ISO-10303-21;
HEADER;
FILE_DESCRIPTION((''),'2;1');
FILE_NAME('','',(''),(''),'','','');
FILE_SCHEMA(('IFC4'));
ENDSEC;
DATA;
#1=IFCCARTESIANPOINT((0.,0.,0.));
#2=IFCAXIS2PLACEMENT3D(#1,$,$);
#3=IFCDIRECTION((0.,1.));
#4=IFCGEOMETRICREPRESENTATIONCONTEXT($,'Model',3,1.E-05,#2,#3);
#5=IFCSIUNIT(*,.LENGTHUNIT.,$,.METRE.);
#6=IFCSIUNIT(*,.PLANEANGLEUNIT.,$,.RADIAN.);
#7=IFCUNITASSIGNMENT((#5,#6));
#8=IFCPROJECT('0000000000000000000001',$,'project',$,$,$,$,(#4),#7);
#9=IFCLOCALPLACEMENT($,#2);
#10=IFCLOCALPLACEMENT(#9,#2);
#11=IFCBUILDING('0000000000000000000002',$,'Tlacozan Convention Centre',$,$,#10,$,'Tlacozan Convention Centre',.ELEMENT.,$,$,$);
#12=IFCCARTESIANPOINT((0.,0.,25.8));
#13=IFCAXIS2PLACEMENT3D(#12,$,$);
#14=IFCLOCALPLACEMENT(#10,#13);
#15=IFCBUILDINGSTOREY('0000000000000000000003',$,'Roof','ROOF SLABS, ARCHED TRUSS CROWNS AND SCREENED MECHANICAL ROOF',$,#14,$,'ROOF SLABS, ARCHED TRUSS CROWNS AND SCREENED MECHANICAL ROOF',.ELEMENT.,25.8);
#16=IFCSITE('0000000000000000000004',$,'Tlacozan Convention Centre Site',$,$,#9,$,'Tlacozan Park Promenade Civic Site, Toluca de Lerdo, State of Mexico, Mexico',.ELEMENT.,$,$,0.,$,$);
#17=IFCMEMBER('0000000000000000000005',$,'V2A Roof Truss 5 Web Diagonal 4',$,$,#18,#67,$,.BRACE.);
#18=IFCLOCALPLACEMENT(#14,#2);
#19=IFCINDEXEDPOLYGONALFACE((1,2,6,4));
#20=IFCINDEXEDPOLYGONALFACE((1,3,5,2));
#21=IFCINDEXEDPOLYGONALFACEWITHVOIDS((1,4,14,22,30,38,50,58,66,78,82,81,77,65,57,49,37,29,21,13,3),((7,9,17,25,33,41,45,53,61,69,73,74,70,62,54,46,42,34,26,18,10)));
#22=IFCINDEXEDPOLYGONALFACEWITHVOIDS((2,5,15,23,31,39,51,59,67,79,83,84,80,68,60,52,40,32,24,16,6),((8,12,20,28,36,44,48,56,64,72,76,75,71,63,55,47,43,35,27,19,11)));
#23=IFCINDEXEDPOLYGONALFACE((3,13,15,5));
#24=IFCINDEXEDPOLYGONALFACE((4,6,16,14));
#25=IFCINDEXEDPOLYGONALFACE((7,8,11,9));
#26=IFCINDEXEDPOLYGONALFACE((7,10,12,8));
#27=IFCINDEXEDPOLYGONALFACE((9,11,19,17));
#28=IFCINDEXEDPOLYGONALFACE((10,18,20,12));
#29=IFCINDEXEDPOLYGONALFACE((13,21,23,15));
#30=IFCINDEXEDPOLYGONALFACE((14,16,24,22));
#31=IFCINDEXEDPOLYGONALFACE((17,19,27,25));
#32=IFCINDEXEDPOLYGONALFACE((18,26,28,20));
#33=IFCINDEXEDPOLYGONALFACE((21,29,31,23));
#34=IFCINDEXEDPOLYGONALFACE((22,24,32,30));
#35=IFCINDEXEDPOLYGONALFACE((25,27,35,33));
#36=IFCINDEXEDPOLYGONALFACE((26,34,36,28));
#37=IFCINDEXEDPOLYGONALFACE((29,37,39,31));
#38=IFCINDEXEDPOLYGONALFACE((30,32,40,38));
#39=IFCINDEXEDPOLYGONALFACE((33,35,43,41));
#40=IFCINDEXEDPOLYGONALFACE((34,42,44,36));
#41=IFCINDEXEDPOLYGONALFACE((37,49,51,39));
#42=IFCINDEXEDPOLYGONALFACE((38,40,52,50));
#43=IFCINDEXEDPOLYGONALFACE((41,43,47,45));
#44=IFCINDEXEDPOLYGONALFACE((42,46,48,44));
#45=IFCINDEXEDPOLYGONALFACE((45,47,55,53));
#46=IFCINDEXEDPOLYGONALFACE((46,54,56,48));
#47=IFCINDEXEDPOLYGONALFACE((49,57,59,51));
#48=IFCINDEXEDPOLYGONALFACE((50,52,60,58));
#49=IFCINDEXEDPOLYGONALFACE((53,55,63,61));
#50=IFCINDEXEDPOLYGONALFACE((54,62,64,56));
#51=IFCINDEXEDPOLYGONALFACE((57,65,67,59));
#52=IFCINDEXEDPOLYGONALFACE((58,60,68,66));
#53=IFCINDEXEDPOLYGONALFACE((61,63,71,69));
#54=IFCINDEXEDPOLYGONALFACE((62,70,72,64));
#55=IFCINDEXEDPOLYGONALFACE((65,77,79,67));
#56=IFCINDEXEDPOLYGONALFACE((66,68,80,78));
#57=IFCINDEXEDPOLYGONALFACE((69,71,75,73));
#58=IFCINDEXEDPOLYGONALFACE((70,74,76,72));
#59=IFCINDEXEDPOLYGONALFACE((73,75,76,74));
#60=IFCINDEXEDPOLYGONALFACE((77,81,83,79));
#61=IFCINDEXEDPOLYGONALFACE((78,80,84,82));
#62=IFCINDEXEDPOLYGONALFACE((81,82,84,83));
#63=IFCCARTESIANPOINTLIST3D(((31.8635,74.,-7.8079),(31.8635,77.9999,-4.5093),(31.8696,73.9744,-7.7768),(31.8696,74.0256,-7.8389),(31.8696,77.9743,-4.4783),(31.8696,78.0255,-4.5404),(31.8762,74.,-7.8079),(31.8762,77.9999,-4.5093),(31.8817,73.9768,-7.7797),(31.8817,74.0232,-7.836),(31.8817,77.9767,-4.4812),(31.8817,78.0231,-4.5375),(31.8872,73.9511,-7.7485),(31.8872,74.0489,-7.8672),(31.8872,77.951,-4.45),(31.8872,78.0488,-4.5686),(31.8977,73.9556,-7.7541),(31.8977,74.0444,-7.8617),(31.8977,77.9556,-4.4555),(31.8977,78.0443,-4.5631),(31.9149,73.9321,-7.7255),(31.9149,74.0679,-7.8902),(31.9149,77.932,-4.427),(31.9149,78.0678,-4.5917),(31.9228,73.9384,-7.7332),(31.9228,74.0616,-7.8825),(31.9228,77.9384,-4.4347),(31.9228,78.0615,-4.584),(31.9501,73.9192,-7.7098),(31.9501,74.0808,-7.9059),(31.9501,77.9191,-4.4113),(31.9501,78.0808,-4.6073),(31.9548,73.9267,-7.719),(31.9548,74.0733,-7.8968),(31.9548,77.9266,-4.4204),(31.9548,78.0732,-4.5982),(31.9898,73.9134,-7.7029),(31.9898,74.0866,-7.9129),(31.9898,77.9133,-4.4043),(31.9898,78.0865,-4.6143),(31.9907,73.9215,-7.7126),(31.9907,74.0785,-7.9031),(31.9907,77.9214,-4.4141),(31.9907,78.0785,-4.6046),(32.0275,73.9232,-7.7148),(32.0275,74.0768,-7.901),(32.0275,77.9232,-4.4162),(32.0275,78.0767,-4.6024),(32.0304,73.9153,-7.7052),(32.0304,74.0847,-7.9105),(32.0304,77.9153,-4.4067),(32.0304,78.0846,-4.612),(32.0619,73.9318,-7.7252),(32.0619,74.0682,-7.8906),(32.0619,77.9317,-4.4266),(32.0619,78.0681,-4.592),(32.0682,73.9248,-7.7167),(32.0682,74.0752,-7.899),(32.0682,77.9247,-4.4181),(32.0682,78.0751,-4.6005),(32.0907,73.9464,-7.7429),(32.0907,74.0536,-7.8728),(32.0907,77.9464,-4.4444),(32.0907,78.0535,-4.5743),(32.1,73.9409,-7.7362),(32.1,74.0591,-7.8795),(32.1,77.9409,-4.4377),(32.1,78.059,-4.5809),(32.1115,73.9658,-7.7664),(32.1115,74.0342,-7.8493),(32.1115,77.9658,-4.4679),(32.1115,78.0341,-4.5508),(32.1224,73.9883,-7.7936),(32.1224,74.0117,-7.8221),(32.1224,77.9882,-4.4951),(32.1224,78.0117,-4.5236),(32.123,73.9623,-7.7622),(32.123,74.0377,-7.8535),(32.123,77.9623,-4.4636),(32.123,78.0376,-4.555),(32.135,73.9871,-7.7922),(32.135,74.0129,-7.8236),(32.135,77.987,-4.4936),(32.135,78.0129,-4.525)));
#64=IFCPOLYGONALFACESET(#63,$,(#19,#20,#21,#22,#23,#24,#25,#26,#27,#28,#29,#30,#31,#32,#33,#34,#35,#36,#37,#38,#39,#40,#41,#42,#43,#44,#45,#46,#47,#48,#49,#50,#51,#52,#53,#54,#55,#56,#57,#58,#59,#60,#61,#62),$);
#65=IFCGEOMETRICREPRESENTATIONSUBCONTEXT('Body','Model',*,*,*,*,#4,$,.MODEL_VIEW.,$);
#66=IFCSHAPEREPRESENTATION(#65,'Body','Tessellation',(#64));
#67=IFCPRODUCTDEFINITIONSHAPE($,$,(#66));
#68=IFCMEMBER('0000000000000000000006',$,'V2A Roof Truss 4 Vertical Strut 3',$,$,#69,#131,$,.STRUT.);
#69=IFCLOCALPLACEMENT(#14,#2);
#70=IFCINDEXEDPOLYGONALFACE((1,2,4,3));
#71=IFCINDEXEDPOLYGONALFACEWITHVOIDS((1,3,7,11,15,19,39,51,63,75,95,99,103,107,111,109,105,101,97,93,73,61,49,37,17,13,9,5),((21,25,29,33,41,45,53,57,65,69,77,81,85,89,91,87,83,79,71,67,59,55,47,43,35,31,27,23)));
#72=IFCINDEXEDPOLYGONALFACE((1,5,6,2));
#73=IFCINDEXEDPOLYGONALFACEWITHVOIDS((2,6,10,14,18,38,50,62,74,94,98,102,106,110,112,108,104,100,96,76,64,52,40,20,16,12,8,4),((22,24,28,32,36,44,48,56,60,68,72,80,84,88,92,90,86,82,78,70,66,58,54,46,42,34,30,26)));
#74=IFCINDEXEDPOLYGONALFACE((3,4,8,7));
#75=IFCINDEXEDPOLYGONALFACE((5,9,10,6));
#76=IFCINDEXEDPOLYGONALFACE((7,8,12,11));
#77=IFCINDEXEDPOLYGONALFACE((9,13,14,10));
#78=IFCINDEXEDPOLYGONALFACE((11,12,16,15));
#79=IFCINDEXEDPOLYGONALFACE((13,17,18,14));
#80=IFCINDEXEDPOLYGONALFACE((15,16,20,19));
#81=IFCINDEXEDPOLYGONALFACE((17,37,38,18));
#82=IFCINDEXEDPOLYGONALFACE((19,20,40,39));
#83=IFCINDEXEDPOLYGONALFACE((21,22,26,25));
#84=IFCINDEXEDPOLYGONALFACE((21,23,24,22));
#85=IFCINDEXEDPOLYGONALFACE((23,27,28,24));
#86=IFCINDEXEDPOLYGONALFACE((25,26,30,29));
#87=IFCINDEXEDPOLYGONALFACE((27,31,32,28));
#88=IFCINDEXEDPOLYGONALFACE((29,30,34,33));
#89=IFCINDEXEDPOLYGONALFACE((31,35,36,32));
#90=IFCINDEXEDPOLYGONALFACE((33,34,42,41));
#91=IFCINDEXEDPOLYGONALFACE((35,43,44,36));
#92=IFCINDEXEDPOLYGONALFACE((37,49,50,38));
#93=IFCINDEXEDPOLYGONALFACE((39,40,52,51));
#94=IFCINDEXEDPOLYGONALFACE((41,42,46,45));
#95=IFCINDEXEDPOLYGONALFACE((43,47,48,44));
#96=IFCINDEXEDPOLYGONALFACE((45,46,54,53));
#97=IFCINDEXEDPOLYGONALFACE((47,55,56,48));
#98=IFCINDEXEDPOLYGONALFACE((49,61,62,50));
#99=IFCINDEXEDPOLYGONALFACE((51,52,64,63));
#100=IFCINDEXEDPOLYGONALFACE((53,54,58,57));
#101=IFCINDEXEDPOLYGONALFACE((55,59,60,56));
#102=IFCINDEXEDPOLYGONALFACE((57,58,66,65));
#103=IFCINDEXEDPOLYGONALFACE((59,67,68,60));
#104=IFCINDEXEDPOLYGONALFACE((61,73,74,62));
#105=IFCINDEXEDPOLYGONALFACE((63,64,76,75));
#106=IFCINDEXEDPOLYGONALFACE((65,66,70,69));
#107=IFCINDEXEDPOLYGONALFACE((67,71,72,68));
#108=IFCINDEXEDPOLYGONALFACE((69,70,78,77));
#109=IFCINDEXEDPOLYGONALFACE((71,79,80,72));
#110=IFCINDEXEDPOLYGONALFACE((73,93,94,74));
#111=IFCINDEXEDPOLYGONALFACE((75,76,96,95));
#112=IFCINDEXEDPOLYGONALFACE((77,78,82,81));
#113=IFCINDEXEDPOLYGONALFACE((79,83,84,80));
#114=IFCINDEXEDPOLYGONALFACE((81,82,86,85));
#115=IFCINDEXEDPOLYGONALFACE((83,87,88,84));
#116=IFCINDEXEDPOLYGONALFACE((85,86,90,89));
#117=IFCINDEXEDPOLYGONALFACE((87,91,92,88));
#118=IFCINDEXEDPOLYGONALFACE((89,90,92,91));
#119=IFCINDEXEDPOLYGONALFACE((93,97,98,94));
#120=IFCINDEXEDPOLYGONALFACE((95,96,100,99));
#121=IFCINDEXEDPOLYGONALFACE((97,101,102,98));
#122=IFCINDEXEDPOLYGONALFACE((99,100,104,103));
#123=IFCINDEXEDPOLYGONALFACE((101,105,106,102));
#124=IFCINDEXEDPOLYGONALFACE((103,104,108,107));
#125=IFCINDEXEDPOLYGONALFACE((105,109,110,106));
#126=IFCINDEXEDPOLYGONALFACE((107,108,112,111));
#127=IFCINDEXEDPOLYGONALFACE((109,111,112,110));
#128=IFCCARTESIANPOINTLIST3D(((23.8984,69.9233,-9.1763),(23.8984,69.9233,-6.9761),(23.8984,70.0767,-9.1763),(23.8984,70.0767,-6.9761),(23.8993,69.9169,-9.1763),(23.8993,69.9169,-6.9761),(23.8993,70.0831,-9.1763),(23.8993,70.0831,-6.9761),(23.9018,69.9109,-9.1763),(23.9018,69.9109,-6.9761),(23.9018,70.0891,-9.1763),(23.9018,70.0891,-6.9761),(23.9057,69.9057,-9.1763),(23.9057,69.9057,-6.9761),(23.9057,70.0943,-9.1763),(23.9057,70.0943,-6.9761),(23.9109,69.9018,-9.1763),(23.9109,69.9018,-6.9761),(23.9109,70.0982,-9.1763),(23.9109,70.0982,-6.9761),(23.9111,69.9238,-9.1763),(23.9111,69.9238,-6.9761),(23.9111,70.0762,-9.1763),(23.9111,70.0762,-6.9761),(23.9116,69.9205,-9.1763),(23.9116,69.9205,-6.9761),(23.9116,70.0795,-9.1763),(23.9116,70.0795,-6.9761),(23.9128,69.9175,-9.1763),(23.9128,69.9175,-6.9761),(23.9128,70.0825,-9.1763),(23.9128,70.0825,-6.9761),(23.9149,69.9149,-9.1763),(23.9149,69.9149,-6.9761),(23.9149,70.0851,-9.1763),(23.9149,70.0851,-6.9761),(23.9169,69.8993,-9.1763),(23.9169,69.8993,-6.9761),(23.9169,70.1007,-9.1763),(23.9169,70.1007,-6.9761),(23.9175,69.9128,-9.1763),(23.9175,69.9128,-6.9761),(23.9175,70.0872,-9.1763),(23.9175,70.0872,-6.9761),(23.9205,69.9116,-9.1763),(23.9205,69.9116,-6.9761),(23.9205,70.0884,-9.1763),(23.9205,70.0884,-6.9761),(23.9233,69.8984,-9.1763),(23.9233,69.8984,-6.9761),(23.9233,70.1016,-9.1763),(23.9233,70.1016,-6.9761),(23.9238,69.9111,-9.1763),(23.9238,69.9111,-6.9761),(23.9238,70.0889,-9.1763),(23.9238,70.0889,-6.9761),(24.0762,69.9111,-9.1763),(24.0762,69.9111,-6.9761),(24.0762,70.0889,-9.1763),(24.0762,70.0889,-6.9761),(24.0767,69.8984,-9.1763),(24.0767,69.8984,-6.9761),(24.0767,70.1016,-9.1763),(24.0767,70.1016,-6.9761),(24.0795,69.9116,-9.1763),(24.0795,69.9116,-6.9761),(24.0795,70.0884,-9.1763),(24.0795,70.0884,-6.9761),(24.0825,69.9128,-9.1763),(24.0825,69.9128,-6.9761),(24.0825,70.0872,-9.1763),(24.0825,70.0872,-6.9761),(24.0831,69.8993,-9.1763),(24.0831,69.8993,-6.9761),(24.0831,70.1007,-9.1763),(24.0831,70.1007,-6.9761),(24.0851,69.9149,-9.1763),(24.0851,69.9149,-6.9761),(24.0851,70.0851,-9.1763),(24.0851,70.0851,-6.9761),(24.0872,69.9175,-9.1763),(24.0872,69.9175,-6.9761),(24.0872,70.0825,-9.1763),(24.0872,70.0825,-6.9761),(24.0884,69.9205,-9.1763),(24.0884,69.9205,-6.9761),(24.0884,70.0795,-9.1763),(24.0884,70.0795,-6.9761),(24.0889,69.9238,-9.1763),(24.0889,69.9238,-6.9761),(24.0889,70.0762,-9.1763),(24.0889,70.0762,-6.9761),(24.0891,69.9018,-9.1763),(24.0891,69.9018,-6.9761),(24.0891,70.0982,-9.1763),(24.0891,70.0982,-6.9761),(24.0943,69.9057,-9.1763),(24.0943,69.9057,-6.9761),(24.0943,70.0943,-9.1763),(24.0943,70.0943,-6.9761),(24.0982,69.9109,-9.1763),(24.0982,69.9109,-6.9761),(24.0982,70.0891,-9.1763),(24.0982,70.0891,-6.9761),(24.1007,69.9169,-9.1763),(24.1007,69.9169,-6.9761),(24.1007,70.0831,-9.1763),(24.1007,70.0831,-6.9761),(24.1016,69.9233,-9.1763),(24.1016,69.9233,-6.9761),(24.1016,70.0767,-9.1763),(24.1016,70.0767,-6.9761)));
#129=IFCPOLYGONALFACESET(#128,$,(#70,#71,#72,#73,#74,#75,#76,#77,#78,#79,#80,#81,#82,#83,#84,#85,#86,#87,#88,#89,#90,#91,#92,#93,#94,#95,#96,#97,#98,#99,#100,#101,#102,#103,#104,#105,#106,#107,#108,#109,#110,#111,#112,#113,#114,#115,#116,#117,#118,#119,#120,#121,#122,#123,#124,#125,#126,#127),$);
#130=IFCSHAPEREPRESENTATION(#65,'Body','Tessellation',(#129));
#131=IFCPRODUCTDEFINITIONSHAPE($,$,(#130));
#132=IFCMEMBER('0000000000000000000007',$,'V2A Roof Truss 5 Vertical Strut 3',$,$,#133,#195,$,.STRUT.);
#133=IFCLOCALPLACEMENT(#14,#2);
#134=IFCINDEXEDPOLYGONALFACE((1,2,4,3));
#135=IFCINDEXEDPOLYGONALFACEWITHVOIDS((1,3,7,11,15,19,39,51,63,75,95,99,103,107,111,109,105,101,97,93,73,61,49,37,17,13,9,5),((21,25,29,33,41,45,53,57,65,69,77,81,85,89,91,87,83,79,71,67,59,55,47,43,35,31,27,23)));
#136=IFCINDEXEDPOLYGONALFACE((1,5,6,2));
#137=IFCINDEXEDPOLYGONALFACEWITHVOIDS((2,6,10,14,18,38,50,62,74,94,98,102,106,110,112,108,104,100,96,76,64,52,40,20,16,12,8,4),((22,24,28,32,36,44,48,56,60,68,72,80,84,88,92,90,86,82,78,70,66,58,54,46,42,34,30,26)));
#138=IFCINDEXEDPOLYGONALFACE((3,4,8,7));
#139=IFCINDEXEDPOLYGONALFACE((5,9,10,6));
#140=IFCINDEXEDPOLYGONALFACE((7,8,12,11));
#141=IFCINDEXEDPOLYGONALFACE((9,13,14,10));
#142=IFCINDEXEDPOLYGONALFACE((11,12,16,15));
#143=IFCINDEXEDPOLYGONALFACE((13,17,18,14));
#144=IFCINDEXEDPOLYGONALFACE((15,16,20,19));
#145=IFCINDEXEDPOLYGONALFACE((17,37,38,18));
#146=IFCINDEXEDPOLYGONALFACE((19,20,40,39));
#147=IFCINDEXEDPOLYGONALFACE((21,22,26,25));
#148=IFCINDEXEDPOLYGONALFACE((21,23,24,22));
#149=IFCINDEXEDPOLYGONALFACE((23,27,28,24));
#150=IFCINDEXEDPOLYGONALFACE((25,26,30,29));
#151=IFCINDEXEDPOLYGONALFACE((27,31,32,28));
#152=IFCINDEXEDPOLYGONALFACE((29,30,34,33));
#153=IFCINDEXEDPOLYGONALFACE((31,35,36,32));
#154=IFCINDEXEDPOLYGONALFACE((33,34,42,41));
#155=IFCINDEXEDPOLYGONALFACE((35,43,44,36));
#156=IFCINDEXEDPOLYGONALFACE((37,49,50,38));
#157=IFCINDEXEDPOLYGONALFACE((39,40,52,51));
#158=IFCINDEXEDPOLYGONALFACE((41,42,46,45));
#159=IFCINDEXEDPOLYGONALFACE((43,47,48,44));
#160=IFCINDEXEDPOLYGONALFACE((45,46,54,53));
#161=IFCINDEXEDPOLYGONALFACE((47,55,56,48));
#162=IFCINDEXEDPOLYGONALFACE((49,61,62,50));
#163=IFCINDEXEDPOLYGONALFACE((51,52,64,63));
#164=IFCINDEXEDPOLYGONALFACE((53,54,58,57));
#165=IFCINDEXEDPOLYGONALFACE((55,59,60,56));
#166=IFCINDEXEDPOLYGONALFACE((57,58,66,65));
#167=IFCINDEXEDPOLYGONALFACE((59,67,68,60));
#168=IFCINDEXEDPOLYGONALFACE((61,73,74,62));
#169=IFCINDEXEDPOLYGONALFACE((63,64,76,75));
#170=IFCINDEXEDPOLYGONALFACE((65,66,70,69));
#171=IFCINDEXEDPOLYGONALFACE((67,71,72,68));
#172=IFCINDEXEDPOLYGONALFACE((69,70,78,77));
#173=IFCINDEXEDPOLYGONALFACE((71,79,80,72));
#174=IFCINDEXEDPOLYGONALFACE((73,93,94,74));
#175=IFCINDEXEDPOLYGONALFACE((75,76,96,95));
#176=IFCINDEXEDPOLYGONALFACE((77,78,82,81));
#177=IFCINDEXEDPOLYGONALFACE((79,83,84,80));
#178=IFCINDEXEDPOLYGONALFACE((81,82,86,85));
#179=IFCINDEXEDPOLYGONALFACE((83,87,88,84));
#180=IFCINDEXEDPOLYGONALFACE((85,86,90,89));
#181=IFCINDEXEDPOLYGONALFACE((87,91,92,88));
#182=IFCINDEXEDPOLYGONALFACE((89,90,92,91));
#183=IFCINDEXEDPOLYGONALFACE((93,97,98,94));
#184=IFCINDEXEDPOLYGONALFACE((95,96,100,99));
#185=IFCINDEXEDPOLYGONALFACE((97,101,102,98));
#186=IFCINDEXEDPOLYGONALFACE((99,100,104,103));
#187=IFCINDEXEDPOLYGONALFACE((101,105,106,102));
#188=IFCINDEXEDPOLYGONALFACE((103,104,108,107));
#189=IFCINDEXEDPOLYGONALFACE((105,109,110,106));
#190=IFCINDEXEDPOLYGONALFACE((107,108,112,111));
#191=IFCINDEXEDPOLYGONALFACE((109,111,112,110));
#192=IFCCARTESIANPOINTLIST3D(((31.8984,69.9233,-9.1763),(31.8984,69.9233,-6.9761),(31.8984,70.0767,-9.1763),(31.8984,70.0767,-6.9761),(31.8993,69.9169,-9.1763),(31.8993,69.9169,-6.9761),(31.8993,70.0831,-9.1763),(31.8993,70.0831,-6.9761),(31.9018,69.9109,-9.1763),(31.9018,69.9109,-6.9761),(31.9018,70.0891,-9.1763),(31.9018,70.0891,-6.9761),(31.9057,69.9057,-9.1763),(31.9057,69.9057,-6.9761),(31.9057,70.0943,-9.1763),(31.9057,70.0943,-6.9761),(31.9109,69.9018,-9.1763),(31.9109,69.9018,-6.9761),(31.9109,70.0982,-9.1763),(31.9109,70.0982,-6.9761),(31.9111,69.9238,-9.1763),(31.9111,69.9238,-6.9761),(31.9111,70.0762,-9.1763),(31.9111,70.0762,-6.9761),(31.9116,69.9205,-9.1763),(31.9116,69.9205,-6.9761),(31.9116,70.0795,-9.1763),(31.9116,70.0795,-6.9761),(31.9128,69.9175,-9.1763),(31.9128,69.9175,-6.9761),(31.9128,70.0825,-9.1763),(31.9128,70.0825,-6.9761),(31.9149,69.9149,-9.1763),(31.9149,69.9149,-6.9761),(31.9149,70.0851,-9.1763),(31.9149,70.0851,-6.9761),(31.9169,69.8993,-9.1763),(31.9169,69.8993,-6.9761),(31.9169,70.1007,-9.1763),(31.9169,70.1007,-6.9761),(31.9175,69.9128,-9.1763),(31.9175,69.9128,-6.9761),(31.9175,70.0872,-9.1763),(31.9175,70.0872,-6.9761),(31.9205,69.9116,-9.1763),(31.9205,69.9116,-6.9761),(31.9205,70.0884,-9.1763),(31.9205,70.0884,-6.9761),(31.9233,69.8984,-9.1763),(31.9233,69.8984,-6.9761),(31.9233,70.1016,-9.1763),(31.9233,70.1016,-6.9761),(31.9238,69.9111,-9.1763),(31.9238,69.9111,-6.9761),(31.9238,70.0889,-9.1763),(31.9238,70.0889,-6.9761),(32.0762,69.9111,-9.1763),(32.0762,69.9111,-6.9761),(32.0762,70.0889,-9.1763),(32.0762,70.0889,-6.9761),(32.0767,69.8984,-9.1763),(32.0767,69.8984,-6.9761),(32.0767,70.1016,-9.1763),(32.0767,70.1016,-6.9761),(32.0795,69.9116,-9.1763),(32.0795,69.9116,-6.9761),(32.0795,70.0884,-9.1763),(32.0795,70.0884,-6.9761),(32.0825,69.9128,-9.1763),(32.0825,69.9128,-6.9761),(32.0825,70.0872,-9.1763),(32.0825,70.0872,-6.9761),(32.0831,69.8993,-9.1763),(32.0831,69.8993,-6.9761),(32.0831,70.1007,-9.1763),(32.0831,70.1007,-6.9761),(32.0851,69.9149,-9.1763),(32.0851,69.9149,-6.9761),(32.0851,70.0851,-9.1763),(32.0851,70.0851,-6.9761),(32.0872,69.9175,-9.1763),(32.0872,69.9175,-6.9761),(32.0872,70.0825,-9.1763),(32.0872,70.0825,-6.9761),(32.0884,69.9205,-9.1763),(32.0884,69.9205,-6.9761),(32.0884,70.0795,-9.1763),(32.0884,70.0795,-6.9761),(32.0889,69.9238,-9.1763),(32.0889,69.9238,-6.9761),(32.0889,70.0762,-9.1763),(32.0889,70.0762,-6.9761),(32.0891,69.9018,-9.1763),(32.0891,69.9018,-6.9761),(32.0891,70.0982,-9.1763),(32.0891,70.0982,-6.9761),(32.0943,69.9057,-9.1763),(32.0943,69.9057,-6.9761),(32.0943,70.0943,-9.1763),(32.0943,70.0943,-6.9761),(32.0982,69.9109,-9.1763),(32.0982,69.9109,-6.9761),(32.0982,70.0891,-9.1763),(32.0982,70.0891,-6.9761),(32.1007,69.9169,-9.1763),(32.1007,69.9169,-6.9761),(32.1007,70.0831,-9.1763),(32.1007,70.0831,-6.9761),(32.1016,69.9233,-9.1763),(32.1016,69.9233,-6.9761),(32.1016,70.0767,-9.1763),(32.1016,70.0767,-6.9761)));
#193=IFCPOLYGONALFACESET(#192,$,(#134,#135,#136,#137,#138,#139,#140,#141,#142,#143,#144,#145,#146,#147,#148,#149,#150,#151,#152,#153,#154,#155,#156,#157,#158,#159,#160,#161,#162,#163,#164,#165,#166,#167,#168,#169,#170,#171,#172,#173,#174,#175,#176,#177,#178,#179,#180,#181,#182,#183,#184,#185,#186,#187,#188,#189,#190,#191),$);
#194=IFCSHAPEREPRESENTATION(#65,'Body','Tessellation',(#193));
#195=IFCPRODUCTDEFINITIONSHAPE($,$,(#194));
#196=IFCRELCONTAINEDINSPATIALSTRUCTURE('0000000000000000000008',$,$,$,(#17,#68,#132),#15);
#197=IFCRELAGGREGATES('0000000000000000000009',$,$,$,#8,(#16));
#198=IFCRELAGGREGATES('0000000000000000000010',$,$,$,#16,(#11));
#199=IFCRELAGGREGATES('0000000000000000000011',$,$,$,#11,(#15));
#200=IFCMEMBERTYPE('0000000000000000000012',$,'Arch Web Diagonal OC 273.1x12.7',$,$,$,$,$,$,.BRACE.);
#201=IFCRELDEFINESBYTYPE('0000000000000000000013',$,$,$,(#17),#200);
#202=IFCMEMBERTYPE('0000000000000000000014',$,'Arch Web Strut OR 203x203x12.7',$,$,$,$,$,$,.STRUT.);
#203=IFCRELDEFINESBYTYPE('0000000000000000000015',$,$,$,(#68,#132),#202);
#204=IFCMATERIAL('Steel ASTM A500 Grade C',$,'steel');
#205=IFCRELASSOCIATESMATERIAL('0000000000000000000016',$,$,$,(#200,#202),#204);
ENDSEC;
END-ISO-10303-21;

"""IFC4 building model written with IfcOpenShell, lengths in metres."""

from ifc_helpers import new_model, si_unit, direction, frame, origin, origin_2d, place, context, subcontext, project, spatial, hollow_rectangle, hollow_circle, extrude, material, material_profile, profile_set, type_object, element, save


model = new_model("IFC4")

# Units and contexts
model_context = context("Model", 3, precision=1e-05, world=origin(), true_north=direction((0.0, 1.0)))
body_context = subcontext(model_context, "Body", "Model", "MODEL_VIEW")
ifc_project = project(units=[si_unit("LENGTHUNIT", "METRE"), si_unit("PLANEANGLEUNIT", "RADIAN")], contexts=[model_context])

# Site, building, storey
site_placement = place(None, origin())
site = spatial("IfcSite", under=ifc_project, at=site_placement, Name="Tlacozan Convention Centre Site", LongName="Tlacozan Park Promenade Civic Site, Toluca de Lerdo, State of Mexico, Mexico", CompositionType="ELEMENT", RefElevation=0.0)
building_placement = place(site_placement, origin())
building = spatial("IfcBuilding", under=site, at=building_placement, Name="Tlacozan Convention Centre", LongName="Tlacozan Convention Centre", CompositionType="ELEMENT")
storey_placement = place(building_placement, frame((0.0, 0.0, 25.8)))
storey = spatial("IfcBuildingStorey", under=building, at=storey_placement, Name="Roof", Description="ROOF SLABS, ARCHED TRUSS CROWNS AND SCREENED MECHANICAL ROOF", LongName="ROOF SLABS, ARCHED TRUSS CROWNS AND SCREENED MECHANICAL ROOF", CompositionType="ELEMENT", Elevation=25.8)

# Members
ifc_material_1 = material(Name="Steel ASTM A500 Grade C", Category="steel")
ifc_material_profile_1 = material_profile(ifc_material_1, hollow_circle(Radius=0.1365, WallThickness=0.0127, at=origin_2d()), Name="OC 273.1x12.7")
ifc_profile_set_1 = profile_set([ifc_material_profile_1], Name="Steel ASTM A500 Grade C")
member_type_1 = type_object("IfcMemberType", Name="Arch Web Diagonal OC 273.1x12.7", PredefinedType="BRACE", material=ifc_profile_set_1)
member_1_placement = place(storey_placement, frame((32.0, 74.0, -7.8079), z_axis=(0.0, 0.771507, 0.63622), x_axis=(-1.0, 0.0, 0.0)))
element("IfcMember", 1, at=member_1_placement, inside=storey, type_object=member_type_1, Name="V2A Roof Truss 5 Web Diagonal 4", PredefinedType="BRACE", context=body_context, shape_type="SweptSolid", body=[
    extrude(hollow_circle(Radius=0.1365, WallThickness=0.0127, at=origin_2d()), origin(), (0.0, 0.0, 1.0), 5.1846),
])
ifc_material_profile_2 = material_profile(ifc_material_1, hollow_rectangle(XDim=0.2031, YDim=0.2031, WallThickness=0.0127, InnerFilletRadius=0.0127, OuterFilletRadius=0.0249, at=origin_2d()), Name="OR 203x203x12.7")
ifc_profile_set_2 = profile_set([ifc_material_profile_2], Name="Steel ASTM A500 Grade C")
member_type_2 = type_object("IfcMemberType", Name="Arch Web Strut OR 203x203x12.7", PredefinedType="STRUT", material=ifc_profile_set_2)
for number, where, z_axis, x_axis, name in (
    (2, (24.0, 70.0, -9.1763), (0.0, 0.0, 1.0), (1.0, 0.0, 0.0), "V2A Roof Truss 4 Vertical Strut 3"),
    (3, (32.0, 70.0, -9.1763), (0.0, 0.0, 1.0), (1.0, 0.0, 0.0), "V2A Roof Truss 5 Vertical Strut 3"),
):
    element("IfcMember", number, at=place(storey_placement, frame(where, z_axis=z_axis, x_axis=x_axis)), inside=storey, type_object=member_type_2, Name=name, PredefinedType="STRUT", context=body_context, shape_type="SweptSolid", body=[
        extrude(hollow_rectangle(XDim=0.2031, YDim=0.2031, WallThickness=0.0127, InnerFilletRadius=0.0127, OuterFilletRadius=0.0249, at=origin_2d()), origin(), (0.0, 0.0, 1.0), 2.2002),
    ])

save(model, "model.ifc")
